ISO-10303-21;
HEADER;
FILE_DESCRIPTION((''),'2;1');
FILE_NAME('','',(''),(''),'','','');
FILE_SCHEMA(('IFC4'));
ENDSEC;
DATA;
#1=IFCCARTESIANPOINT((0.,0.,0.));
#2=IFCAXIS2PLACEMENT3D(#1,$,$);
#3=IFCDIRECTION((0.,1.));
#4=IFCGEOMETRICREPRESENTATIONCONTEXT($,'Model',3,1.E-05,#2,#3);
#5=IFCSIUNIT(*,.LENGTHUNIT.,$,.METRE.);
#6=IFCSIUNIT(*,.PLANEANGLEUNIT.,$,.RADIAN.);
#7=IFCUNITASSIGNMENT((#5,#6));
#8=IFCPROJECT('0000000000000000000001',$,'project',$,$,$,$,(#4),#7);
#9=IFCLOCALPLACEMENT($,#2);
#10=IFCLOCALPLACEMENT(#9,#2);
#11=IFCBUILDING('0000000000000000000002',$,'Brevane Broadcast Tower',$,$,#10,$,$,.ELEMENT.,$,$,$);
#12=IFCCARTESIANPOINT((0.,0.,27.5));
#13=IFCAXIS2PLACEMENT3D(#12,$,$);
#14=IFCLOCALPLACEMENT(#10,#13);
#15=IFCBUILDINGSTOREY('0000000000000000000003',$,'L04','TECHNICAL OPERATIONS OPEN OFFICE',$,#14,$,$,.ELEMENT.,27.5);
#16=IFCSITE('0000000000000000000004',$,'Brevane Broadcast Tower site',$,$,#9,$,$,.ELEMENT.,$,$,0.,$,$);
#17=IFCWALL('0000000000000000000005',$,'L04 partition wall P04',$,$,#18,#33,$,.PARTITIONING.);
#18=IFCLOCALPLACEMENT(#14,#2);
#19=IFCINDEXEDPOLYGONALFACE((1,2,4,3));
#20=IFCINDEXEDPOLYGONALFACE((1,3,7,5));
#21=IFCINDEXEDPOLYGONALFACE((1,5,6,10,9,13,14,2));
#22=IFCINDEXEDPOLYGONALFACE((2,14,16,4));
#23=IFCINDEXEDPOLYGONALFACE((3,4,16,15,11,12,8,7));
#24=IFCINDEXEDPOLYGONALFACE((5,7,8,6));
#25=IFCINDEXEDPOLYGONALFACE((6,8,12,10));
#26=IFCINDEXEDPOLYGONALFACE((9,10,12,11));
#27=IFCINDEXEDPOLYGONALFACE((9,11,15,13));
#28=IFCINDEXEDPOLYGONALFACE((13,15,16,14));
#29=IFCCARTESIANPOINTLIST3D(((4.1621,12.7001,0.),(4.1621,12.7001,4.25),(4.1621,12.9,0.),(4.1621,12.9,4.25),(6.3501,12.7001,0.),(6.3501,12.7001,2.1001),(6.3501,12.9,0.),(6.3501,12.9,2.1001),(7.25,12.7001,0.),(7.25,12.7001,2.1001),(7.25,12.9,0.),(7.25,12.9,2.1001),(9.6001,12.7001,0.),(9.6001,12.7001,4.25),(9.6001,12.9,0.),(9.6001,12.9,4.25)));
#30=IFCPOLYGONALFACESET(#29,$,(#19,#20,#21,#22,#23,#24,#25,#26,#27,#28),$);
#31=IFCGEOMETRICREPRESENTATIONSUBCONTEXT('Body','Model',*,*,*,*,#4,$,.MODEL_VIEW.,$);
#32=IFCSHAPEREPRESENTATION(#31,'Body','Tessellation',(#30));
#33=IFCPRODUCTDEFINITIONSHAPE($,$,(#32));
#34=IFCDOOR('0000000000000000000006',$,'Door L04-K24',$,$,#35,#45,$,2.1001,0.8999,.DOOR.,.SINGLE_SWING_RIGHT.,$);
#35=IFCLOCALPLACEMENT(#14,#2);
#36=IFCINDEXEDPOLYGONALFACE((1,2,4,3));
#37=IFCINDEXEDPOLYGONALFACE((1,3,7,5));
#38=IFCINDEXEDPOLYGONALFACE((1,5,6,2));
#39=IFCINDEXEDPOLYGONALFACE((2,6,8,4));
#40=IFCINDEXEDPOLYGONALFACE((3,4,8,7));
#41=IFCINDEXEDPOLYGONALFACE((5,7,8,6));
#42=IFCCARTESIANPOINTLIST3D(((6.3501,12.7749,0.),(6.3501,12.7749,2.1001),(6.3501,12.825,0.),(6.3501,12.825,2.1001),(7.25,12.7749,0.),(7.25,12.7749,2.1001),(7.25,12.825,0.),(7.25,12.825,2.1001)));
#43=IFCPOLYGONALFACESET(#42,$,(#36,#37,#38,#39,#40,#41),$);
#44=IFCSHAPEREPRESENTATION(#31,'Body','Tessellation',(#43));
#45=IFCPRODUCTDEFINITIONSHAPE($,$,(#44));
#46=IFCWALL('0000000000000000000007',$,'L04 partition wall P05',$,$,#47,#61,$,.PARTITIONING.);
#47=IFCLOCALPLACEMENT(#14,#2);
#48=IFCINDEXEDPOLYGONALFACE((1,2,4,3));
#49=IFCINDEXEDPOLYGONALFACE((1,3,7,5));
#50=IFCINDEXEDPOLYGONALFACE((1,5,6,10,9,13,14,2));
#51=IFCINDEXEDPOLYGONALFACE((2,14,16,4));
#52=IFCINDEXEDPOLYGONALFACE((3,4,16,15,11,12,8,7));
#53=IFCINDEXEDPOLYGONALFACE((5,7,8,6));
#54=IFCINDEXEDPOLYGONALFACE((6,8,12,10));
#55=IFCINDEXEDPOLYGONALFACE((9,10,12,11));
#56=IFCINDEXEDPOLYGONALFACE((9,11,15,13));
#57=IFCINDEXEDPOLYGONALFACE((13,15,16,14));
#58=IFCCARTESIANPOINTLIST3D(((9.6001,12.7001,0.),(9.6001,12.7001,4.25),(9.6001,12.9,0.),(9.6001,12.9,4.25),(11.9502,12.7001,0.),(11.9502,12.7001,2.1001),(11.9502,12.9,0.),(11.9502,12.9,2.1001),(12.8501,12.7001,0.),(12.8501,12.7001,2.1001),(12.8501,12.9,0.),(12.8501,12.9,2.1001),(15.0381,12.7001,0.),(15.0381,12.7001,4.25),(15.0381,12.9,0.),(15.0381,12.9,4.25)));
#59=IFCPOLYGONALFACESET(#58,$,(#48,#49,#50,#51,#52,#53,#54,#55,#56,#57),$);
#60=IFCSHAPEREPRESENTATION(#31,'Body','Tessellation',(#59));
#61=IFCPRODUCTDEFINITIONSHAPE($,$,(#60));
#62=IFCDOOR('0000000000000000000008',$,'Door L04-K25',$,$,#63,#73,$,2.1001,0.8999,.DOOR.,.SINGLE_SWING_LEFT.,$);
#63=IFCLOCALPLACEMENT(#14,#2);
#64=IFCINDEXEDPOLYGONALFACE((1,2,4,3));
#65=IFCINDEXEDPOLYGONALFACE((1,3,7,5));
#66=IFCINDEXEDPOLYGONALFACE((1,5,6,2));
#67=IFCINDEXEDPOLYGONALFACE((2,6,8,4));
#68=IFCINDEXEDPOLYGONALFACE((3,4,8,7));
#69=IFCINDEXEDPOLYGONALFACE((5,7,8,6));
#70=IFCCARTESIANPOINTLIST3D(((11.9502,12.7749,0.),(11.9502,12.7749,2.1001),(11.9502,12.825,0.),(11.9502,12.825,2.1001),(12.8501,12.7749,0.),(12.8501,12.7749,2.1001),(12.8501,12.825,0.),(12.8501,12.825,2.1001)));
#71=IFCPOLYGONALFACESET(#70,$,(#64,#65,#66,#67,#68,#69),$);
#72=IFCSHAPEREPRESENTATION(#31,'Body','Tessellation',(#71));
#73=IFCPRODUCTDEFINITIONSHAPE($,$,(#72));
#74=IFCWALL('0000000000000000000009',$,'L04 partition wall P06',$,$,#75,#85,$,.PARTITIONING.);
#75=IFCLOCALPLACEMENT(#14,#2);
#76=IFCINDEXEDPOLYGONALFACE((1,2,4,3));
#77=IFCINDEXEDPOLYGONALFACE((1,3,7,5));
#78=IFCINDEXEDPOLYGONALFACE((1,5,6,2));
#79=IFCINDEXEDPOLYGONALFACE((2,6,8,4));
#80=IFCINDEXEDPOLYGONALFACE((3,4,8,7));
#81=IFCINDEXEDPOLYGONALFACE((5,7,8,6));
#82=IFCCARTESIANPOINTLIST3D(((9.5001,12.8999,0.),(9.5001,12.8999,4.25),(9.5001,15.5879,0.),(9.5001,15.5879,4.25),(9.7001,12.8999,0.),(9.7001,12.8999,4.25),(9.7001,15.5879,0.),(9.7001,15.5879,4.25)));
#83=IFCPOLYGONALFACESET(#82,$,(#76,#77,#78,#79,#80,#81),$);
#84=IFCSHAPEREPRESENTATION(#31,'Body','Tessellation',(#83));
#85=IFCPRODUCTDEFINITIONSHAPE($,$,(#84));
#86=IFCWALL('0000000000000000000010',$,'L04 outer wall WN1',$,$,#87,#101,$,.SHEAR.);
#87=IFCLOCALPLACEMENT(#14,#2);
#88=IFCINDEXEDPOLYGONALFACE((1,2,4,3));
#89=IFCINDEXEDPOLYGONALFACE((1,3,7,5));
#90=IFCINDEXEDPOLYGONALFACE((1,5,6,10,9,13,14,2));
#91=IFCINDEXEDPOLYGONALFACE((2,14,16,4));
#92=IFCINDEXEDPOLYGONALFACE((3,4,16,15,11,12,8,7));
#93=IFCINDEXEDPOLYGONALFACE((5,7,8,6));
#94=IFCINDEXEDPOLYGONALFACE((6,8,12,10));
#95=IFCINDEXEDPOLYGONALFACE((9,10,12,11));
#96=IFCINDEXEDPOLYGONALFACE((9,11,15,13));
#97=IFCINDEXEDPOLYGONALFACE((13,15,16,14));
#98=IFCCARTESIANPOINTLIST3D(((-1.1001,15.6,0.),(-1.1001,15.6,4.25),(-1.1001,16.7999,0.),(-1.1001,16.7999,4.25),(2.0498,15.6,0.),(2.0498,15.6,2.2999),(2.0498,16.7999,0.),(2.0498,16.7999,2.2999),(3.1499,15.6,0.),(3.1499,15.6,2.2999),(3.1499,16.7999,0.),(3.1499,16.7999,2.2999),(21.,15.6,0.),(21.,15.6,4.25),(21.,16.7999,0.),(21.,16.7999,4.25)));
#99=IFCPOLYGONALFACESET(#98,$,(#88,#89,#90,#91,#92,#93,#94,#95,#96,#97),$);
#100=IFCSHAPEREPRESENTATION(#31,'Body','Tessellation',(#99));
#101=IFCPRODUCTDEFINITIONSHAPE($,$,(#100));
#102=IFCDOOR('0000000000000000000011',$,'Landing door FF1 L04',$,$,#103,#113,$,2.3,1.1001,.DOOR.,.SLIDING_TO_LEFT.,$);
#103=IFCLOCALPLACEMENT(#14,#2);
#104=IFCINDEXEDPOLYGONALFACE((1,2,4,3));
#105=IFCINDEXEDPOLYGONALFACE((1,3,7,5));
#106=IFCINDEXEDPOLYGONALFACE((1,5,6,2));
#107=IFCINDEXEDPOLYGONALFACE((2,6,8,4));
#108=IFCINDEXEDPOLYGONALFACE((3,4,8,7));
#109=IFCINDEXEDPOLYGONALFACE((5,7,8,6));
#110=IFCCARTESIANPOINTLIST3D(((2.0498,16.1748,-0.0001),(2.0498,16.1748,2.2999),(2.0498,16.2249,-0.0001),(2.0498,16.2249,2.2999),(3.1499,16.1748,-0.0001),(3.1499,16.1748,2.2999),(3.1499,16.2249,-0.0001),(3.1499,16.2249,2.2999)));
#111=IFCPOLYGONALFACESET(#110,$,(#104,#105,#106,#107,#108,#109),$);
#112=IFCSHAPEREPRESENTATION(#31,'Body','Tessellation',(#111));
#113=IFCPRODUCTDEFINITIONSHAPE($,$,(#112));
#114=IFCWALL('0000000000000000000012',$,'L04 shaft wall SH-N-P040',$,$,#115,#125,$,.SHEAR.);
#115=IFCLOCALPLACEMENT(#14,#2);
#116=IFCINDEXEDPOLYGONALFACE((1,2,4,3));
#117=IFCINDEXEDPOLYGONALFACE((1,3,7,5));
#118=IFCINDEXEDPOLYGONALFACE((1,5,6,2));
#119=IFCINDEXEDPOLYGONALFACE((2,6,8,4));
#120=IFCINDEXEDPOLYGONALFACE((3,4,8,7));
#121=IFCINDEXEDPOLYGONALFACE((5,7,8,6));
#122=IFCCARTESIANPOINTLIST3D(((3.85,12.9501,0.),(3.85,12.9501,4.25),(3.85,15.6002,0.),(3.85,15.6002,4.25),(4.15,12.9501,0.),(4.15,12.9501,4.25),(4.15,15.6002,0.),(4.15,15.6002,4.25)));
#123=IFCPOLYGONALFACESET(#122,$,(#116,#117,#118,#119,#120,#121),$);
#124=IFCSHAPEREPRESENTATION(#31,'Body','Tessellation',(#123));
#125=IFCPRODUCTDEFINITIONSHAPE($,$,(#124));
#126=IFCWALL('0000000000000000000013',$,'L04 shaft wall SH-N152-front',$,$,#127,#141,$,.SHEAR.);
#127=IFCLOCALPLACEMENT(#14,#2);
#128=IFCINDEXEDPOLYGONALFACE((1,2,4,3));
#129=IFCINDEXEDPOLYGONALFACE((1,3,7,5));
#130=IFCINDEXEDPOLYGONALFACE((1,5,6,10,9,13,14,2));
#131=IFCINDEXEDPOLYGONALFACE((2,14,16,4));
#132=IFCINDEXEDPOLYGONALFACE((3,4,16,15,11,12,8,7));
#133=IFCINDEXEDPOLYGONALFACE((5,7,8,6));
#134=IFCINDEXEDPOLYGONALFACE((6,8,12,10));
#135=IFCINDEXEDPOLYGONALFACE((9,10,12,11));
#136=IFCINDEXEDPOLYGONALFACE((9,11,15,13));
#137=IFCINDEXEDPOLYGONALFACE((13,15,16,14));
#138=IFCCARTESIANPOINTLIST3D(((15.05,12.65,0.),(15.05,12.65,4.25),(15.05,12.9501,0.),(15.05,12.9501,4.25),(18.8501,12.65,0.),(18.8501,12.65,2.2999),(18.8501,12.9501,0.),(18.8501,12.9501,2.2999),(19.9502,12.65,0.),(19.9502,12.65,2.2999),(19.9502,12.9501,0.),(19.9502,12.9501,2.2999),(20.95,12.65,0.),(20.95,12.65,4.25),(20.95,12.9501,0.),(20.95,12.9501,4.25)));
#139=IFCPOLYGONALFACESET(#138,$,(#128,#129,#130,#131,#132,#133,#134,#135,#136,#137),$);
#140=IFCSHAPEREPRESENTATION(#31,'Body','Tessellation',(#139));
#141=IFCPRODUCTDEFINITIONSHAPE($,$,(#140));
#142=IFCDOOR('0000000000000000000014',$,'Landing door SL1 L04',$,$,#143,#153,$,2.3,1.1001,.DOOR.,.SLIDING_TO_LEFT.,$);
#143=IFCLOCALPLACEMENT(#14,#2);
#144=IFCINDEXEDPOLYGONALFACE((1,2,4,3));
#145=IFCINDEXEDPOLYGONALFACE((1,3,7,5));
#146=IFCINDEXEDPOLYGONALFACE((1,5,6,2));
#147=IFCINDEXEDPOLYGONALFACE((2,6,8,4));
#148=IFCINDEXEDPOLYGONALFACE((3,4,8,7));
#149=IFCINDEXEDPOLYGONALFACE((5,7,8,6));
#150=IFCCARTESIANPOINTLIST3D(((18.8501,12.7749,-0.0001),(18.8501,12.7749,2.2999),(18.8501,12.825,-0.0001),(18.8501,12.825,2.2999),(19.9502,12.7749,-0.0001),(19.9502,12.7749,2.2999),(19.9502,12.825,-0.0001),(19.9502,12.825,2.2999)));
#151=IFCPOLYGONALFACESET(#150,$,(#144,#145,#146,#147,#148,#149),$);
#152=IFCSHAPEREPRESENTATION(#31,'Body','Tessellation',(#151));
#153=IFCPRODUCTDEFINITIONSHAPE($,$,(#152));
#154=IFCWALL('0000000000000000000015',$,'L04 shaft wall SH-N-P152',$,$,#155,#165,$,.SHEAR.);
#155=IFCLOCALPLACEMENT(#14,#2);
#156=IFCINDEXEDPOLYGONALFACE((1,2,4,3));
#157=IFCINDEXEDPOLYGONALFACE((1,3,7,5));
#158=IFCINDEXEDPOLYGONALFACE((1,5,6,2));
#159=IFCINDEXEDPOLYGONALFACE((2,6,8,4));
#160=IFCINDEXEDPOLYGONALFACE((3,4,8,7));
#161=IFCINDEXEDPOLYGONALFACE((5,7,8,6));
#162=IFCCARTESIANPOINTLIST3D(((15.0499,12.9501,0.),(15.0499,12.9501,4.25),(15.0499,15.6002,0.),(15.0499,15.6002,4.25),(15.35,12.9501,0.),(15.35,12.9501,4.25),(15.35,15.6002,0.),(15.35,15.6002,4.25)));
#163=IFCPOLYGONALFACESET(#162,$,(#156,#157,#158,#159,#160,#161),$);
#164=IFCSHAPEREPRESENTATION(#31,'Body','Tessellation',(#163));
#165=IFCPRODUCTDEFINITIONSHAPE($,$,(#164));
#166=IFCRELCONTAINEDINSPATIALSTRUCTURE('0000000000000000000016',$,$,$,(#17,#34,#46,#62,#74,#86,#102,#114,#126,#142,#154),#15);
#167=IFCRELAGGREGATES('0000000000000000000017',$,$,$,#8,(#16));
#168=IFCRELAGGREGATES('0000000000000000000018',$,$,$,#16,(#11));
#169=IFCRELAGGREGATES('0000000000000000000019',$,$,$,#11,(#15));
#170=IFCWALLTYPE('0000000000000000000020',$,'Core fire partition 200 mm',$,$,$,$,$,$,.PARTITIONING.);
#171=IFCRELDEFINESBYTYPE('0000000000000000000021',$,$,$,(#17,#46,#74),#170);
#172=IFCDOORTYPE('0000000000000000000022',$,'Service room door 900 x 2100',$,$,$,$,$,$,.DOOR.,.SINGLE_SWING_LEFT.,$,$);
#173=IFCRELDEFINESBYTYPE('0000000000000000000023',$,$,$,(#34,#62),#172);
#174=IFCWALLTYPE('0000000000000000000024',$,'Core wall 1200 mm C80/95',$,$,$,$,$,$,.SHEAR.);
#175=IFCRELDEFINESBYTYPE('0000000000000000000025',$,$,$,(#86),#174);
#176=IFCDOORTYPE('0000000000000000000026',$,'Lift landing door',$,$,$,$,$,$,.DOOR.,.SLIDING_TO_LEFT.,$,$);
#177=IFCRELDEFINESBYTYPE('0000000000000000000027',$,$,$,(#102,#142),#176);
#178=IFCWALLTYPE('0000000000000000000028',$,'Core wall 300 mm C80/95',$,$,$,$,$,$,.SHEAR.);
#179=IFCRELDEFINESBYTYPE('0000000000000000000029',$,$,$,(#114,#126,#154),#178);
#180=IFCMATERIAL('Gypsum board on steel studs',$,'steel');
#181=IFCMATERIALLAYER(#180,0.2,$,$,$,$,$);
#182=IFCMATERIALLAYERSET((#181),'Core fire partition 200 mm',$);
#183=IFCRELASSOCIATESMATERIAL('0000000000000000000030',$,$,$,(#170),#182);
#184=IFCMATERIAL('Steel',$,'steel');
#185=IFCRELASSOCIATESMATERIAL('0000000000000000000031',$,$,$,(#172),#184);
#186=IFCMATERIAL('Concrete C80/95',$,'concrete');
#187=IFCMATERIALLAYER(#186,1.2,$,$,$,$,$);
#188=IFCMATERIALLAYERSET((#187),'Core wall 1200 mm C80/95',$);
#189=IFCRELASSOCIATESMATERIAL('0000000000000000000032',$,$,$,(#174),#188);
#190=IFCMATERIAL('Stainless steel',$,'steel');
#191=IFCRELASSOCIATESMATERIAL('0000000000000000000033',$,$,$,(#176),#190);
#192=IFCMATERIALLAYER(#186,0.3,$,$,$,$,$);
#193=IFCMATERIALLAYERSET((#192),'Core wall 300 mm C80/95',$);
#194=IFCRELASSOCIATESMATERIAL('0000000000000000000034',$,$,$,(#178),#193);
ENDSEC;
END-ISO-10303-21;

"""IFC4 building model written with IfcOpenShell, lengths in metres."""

from ifc_helpers import new_model, si_unit, direction, frame, frame_2d, origin, place, context, subcontext, project, spatial, rectangle, extrude, material, layer, layer_set, type_object, element, fill, save


model = new_model("IFC4")

# Units and contexts
model_context = context("Model", 3, precision=1e-05, world=origin(), true_north=direction((0.0, 1.0)))
body_context = subcontext(model_context, "Body", "Model", "MODEL_VIEW")
ifc_project = project(units=[si_unit("LENGTHUNIT", "METRE"), si_unit("PLANEANGLEUNIT", "RADIAN")], contexts=[model_context])

# Site, building, storey
site_placement = place(None, origin())
site = spatial("IfcSite", under=ifc_project, at=site_placement, Name="Brevane Broadcast Tower site", CompositionType="ELEMENT", RefElevation=0.0)
building_placement = place(site_placement, origin())
building = spatial("IfcBuilding", under=site, at=building_placement, Name="Brevane Broadcast Tower", CompositionType="ELEMENT")
storey_placement = place(building_placement, frame((0.0, 0.0, 27.5)))
storey = spatial("IfcBuildingStorey", under=building, at=storey_placement, Name="L04", Description="TECHNICAL OPERATIONS OPEN OFFICE", CompositionType="ELEMENT", Elevation=27.5)

# Shared definitions
ifc_material_1 = material(Name="Gypsum board on steel studs", Category="steel")
ifc_material_2 = material(Name="Steel", Category="steel")

# Shared definitions
ifc_layer_1 = layer(ifc_material_1, 0.2)
ifc_layer_set_1 = layer_set([ifc_layer_1], Name="Core fire partition 200 mm")
wall_type_1 = type_object("IfcWallType", Name="Core fire partition 200 mm", PredefinedType="PARTITIONING", material=ifc_layer_set_1)

# Walls, openings, doors
wall_1_placement = place(storey_placement, frame((4.1621, 12.8, 0.0), z_axis=(0.0, 0.0, 1.0), x_axis=(1.0, 0.0, 0.0)))
wall_1 = element("IfcWall", 1, at=wall_1_placement, inside=storey, type_object=wall_type_1, Name="L04 partition wall P04", PredefinedType="PARTITIONING", context=body_context, shape_type="SweptSolid", body=[
    extrude(rectangle(XDim=5.438, YDim=0.2, at=frame_2d((2.719, 0.0))), origin(), (0.0, 0.0, 1.0), 4.25),
])
opening_1_placement = place(wall_1_placement, frame((2.188, 0.0, 0.0)))
opening_1 = element("IfcOpeningElement", 2, at=opening_1_placement, cuts=wall_1, PredefinedType="OPENING", context=body_context, shape_type="SweptSolid", body=[
    extrude(rectangle(XDim=0.8999, YDim=2.1001, at=frame_2d((0.45, 1.05))), frame((0.0, 0.1099, 0.0), z_axis=(0.0, -1.0, 0.0), x_axis=(1.0, 0.0, 0.0)), (0.0, 0.0, 1.0), 0.22),
])
door_type_1 = type_object("IfcDoorType", Name="Service room door 900 x 2100", OperationType="SINGLE_SWING_LEFT", PredefinedType="DOOR", material=ifc_material_2)
door_1_placement = place(opening_1_placement, origin())
door_1 = element("IfcDoor", 3, at=door_1_placement, inside=storey, type_object=door_type_1, Name="Door L04-K24", OperationType="SINGLE_SWING_RIGHT", OverallHeight=2.1001, OverallWidth=0.8999, PredefinedType="DOOR", context=body_context, shape_type="SweptSolid", body=[
    extrude(rectangle(XDim=0.8999, YDim=2.1001, at=frame_2d((0.45, 1.05))), frame((0.0, 0.0249, 0.0), z_axis=(0.0, -1.0, 0.0), x_axis=(1.0, 0.0, 0.0)), (0.0, 0.0, 1.0), 0.05),
])
fill(opening_1, door_1)
wall_2_placement = place(storey_placement, frame((9.6001, 12.8, 0.0), z_axis=(0.0, 0.0, 1.0), x_axis=(1.0, 0.0, 0.0)))
wall_2 = element("IfcWall", 4, at=wall_2_placement, inside=storey, type_object=wall_type_1, Name="L04 partition wall P05", PredefinedType="PARTITIONING", context=body_context, shape_type="SweptSolid", body=[
    extrude(rectangle(XDim=5.438, YDim=0.2, at=frame_2d((2.719, 0.0))), origin(), (0.0, 0.0, 1.0), 4.25),
])
opening_2_placement = place(wall_2_placement, frame((2.3501, 0.0, 0.0)))
opening_2 = element("IfcOpeningElement", 5, at=opening_2_placement, cuts=wall_2, PredefinedType="OPENING", context=body_context, shape_type="SweptSolid", body=[
    extrude(rectangle(XDim=0.8999, YDim=2.1001, at=frame_2d((0.45, 1.05))), frame((0.0, 0.1099, 0.0), z_axis=(0.0, -1.0, 0.0), x_axis=(1.0, 0.0, 0.0)), (0.0, 0.0, 1.0), 0.22),
])
door_2_placement = place(opening_2_placement, origin())
door_2 = element("IfcDoor", 6, at=door_2_placement, inside=storey, type_object=door_type_1, Name="Door L04-K25", OperationType="SINGLE_SWING_LEFT", OverallHeight=2.1001, OverallWidth=0.8999, PredefinedType="DOOR", context=body_context, shape_type="SweptSolid", body=[
    extrude(rectangle(XDim=0.8999, YDim=2.1001, at=frame_2d((0.45, 1.05))), frame((0.0, 0.0249, 0.0), z_axis=(0.0, -1.0, 0.0), x_axis=(1.0, 0.0, 0.0)), (0.0, 0.0, 1.0), 0.05),
])
fill(opening_2, door_2)

# Wall
wall_3_placement = place(storey_placement, frame((9.6001, 15.5879, 0.0), z_axis=(0.0, 0.0, 1.0), x_axis=(0.0, -1.0, 0.0)))
element("IfcWall", 7, at=wall_3_placement, inside=storey, type_object=wall_type_1, Name="L04 partition wall P06", PredefinedType="PARTITIONING", context=body_context, shape_type="SweptSolid", body=[
    extrude(rectangle(XDim=2.688, YDim=0.2, at=frame_2d((1.344, 0.0))), origin(), (0.0, 0.0, 1.0), 4.25),
])

# Wall, opening, door
ifc_material_3 = material(Name="Concrete C80/95", Category="concrete")
ifc_layer_2 = layer(ifc_material_3, 1.2)
ifc_layer_set_2 = layer_set([ifc_layer_2], Name="Core wall 1200 mm C80/95")
wall_type_2 = type_object("IfcWallType", Name="Core wall 1200 mm C80/95", PredefinedType="SHEAR", material=ifc_layer_set_2)
wall_4_placement = place(storey_placement, frame((-1.1001, 16.2, 0.0), z_axis=(0.0, 0.0, 1.0), x_axis=(1.0, 0.0, 0.0)))
wall_4 = element("IfcWall", 8, at=wall_4_placement, inside=storey, type_object=wall_type_2, Name="L04 outer wall WN1", PredefinedType="SHEAR", context=body_context, shape_type="SweptSolid", body=[
    extrude(rectangle(XDim=22.1001, YDim=1.2, at=frame_2d((11.05, 0.0))), origin(), (0.0, 0.0, 1.0), 4.25),
])
opening_3_placement = place(wall_4_placement, frame((3.1499, 0.0, 0.0)))
opening_3 = element("IfcOpeningElement", 9, at=opening_3_placement, cuts=wall_4, PredefinedType="OPENING", context=body_context, shape_type="SweptSolid", body=[
    extrude(rectangle(XDim=1.1001, YDim=2.3, at=frame_2d((0.55, 1.1499))), frame((0.0, 0.6099, 0.0), z_axis=(0.0, -1.0, 0.0), x_axis=(1.0, 0.0, 0.0)), (0.0, 0.0, 1.0), 1.22),
])
ifc_material_4 = material(Name="Stainless steel", Category="steel")
door_type_2 = type_object("IfcDoorType", Name="Lift landing door", OperationType="SLIDING_TO_LEFT", PredefinedType="DOOR", material=ifc_material_4)
door_3_placement = place(opening_3_placement, origin())
door_3 = element("IfcDoor", 10, at=door_3_placement, inside=storey, type_object=door_type_2, Name="Landing door FF1 L04", OperationType="SLIDING_TO_LEFT", OverallHeight=2.3, OverallWidth=1.1001, PredefinedType="DOOR", context=body_context, shape_type="SweptSolid", body=[
    extrude(rectangle(XDim=1.1001, YDim=2.3, at=frame_2d((0.55, 1.1499))), frame((0.0, 0.0249, 0.0), z_axis=(0.0, -1.0, 0.0), x_axis=(1.0, 0.0, 0.0)), (0.0, 0.0, 1.0), 0.05),
])
fill(opening_3, door_3)

# Wall
ifc_layer_3 = layer(ifc_material_3, 0.3)
ifc_layer_set_3 = layer_set([ifc_layer_3], Name="Core wall 300 mm C80/95")
wall_type_3 = type_object("IfcWallType", Name="Core wall 300 mm C80/95", PredefinedType="SHEAR", material=ifc_layer_set_3)
wall_5_placement = place(storey_placement, frame((4.0, 12.95, 0.0), z_axis=(0.0, 0.0, 1.0), x_axis=(0.0, 1.0, 0.0)))
element("IfcWall", 11, at=wall_5_placement, inside=storey, type_object=wall_type_3, Name="L04 shaft wall SH-N-P040", PredefinedType="SHEAR", context=body_context, shape_type="SweptSolid", body=[
    extrude(rectangle(XDim=2.6501, YDim=0.3, at=frame_2d((1.3252, 0.0))), origin(), (0.0, 0.0, 1.0), 4.25),
])

# Wall, opening, door
wall_6_placement = place(storey_placement, frame((15.05, 12.8, 0.0), z_axis=(0.0, 0.0, 1.0), x_axis=(1.0, 0.0, 0.0)))
wall_6 = element("IfcWall", 12, at=wall_6_placement, inside=storey, type_object=wall_type_3, Name="L04 shaft wall SH-N152-front", PredefinedType="SHEAR", context=body_context, shape_type="SweptSolid", body=[
    extrude(rectangle(XDim=5.8999, YDim=0.3, at=frame_2d((2.95, 0.0))), origin(), (0.0, 0.0, 1.0), 4.25),
])
opening_4_placement = place(wall_6_placement, frame((3.8, 0.0, 0.0)))
opening_4 = element("IfcOpeningElement", 13, at=opening_4_placement, cuts=wall_6, PredefinedType="OPENING", context=body_context, shape_type="SweptSolid", body=[
    extrude(rectangle(XDim=1.1001, YDim=2.3, at=frame_2d((0.55, 1.1499))), frame((0.0, 0.1599, 0.0), z_axis=(0.0, -1.0, 0.0), x_axis=(1.0, 0.0, 0.0)), (0.0, 0.0, 1.0), 0.3201),
])
door_4_placement = place(opening_4_placement, origin())
door_4 = element("IfcDoor", 14, at=door_4_placement, inside=storey, type_object=door_type_2, Name="Landing door SL1 L04", OperationType="SLIDING_TO_LEFT", OverallHeight=2.3, OverallWidth=1.1001, PredefinedType="DOOR", context=body_context, shape_type="SweptSolid", body=[
    extrude(rectangle(XDim=1.1001, YDim=2.3, at=frame_2d((0.55, 1.1499))), frame((0.0, 0.0249, 0.0), z_axis=(0.0, -1.0, 0.0), x_axis=(1.0, 0.0, 0.0)), (0.0, 0.0, 1.0), 0.05),
])
fill(opening_4, door_4)

# Wall
wall_7_placement = place(storey_placement, frame((15.2, 12.95, 0.0), z_axis=(0.0, 0.0, 1.0), x_axis=(0.0, 1.0, 0.0)))
element("IfcWall", 15, at=wall_7_placement, inside=storey, type_object=wall_type_3, Name="L04 shaft wall SH-N-P152", PredefinedType="SHEAR", context=body_context, shape_type="SweptSolid", body=[
    extrude(rectangle(XDim=2.6501, YDim=0.3, at=frame_2d((1.3252, 0.0))), origin(), (0.0, 0.0, 1.0), 4.25),
])

save(model, "model.ifc")
